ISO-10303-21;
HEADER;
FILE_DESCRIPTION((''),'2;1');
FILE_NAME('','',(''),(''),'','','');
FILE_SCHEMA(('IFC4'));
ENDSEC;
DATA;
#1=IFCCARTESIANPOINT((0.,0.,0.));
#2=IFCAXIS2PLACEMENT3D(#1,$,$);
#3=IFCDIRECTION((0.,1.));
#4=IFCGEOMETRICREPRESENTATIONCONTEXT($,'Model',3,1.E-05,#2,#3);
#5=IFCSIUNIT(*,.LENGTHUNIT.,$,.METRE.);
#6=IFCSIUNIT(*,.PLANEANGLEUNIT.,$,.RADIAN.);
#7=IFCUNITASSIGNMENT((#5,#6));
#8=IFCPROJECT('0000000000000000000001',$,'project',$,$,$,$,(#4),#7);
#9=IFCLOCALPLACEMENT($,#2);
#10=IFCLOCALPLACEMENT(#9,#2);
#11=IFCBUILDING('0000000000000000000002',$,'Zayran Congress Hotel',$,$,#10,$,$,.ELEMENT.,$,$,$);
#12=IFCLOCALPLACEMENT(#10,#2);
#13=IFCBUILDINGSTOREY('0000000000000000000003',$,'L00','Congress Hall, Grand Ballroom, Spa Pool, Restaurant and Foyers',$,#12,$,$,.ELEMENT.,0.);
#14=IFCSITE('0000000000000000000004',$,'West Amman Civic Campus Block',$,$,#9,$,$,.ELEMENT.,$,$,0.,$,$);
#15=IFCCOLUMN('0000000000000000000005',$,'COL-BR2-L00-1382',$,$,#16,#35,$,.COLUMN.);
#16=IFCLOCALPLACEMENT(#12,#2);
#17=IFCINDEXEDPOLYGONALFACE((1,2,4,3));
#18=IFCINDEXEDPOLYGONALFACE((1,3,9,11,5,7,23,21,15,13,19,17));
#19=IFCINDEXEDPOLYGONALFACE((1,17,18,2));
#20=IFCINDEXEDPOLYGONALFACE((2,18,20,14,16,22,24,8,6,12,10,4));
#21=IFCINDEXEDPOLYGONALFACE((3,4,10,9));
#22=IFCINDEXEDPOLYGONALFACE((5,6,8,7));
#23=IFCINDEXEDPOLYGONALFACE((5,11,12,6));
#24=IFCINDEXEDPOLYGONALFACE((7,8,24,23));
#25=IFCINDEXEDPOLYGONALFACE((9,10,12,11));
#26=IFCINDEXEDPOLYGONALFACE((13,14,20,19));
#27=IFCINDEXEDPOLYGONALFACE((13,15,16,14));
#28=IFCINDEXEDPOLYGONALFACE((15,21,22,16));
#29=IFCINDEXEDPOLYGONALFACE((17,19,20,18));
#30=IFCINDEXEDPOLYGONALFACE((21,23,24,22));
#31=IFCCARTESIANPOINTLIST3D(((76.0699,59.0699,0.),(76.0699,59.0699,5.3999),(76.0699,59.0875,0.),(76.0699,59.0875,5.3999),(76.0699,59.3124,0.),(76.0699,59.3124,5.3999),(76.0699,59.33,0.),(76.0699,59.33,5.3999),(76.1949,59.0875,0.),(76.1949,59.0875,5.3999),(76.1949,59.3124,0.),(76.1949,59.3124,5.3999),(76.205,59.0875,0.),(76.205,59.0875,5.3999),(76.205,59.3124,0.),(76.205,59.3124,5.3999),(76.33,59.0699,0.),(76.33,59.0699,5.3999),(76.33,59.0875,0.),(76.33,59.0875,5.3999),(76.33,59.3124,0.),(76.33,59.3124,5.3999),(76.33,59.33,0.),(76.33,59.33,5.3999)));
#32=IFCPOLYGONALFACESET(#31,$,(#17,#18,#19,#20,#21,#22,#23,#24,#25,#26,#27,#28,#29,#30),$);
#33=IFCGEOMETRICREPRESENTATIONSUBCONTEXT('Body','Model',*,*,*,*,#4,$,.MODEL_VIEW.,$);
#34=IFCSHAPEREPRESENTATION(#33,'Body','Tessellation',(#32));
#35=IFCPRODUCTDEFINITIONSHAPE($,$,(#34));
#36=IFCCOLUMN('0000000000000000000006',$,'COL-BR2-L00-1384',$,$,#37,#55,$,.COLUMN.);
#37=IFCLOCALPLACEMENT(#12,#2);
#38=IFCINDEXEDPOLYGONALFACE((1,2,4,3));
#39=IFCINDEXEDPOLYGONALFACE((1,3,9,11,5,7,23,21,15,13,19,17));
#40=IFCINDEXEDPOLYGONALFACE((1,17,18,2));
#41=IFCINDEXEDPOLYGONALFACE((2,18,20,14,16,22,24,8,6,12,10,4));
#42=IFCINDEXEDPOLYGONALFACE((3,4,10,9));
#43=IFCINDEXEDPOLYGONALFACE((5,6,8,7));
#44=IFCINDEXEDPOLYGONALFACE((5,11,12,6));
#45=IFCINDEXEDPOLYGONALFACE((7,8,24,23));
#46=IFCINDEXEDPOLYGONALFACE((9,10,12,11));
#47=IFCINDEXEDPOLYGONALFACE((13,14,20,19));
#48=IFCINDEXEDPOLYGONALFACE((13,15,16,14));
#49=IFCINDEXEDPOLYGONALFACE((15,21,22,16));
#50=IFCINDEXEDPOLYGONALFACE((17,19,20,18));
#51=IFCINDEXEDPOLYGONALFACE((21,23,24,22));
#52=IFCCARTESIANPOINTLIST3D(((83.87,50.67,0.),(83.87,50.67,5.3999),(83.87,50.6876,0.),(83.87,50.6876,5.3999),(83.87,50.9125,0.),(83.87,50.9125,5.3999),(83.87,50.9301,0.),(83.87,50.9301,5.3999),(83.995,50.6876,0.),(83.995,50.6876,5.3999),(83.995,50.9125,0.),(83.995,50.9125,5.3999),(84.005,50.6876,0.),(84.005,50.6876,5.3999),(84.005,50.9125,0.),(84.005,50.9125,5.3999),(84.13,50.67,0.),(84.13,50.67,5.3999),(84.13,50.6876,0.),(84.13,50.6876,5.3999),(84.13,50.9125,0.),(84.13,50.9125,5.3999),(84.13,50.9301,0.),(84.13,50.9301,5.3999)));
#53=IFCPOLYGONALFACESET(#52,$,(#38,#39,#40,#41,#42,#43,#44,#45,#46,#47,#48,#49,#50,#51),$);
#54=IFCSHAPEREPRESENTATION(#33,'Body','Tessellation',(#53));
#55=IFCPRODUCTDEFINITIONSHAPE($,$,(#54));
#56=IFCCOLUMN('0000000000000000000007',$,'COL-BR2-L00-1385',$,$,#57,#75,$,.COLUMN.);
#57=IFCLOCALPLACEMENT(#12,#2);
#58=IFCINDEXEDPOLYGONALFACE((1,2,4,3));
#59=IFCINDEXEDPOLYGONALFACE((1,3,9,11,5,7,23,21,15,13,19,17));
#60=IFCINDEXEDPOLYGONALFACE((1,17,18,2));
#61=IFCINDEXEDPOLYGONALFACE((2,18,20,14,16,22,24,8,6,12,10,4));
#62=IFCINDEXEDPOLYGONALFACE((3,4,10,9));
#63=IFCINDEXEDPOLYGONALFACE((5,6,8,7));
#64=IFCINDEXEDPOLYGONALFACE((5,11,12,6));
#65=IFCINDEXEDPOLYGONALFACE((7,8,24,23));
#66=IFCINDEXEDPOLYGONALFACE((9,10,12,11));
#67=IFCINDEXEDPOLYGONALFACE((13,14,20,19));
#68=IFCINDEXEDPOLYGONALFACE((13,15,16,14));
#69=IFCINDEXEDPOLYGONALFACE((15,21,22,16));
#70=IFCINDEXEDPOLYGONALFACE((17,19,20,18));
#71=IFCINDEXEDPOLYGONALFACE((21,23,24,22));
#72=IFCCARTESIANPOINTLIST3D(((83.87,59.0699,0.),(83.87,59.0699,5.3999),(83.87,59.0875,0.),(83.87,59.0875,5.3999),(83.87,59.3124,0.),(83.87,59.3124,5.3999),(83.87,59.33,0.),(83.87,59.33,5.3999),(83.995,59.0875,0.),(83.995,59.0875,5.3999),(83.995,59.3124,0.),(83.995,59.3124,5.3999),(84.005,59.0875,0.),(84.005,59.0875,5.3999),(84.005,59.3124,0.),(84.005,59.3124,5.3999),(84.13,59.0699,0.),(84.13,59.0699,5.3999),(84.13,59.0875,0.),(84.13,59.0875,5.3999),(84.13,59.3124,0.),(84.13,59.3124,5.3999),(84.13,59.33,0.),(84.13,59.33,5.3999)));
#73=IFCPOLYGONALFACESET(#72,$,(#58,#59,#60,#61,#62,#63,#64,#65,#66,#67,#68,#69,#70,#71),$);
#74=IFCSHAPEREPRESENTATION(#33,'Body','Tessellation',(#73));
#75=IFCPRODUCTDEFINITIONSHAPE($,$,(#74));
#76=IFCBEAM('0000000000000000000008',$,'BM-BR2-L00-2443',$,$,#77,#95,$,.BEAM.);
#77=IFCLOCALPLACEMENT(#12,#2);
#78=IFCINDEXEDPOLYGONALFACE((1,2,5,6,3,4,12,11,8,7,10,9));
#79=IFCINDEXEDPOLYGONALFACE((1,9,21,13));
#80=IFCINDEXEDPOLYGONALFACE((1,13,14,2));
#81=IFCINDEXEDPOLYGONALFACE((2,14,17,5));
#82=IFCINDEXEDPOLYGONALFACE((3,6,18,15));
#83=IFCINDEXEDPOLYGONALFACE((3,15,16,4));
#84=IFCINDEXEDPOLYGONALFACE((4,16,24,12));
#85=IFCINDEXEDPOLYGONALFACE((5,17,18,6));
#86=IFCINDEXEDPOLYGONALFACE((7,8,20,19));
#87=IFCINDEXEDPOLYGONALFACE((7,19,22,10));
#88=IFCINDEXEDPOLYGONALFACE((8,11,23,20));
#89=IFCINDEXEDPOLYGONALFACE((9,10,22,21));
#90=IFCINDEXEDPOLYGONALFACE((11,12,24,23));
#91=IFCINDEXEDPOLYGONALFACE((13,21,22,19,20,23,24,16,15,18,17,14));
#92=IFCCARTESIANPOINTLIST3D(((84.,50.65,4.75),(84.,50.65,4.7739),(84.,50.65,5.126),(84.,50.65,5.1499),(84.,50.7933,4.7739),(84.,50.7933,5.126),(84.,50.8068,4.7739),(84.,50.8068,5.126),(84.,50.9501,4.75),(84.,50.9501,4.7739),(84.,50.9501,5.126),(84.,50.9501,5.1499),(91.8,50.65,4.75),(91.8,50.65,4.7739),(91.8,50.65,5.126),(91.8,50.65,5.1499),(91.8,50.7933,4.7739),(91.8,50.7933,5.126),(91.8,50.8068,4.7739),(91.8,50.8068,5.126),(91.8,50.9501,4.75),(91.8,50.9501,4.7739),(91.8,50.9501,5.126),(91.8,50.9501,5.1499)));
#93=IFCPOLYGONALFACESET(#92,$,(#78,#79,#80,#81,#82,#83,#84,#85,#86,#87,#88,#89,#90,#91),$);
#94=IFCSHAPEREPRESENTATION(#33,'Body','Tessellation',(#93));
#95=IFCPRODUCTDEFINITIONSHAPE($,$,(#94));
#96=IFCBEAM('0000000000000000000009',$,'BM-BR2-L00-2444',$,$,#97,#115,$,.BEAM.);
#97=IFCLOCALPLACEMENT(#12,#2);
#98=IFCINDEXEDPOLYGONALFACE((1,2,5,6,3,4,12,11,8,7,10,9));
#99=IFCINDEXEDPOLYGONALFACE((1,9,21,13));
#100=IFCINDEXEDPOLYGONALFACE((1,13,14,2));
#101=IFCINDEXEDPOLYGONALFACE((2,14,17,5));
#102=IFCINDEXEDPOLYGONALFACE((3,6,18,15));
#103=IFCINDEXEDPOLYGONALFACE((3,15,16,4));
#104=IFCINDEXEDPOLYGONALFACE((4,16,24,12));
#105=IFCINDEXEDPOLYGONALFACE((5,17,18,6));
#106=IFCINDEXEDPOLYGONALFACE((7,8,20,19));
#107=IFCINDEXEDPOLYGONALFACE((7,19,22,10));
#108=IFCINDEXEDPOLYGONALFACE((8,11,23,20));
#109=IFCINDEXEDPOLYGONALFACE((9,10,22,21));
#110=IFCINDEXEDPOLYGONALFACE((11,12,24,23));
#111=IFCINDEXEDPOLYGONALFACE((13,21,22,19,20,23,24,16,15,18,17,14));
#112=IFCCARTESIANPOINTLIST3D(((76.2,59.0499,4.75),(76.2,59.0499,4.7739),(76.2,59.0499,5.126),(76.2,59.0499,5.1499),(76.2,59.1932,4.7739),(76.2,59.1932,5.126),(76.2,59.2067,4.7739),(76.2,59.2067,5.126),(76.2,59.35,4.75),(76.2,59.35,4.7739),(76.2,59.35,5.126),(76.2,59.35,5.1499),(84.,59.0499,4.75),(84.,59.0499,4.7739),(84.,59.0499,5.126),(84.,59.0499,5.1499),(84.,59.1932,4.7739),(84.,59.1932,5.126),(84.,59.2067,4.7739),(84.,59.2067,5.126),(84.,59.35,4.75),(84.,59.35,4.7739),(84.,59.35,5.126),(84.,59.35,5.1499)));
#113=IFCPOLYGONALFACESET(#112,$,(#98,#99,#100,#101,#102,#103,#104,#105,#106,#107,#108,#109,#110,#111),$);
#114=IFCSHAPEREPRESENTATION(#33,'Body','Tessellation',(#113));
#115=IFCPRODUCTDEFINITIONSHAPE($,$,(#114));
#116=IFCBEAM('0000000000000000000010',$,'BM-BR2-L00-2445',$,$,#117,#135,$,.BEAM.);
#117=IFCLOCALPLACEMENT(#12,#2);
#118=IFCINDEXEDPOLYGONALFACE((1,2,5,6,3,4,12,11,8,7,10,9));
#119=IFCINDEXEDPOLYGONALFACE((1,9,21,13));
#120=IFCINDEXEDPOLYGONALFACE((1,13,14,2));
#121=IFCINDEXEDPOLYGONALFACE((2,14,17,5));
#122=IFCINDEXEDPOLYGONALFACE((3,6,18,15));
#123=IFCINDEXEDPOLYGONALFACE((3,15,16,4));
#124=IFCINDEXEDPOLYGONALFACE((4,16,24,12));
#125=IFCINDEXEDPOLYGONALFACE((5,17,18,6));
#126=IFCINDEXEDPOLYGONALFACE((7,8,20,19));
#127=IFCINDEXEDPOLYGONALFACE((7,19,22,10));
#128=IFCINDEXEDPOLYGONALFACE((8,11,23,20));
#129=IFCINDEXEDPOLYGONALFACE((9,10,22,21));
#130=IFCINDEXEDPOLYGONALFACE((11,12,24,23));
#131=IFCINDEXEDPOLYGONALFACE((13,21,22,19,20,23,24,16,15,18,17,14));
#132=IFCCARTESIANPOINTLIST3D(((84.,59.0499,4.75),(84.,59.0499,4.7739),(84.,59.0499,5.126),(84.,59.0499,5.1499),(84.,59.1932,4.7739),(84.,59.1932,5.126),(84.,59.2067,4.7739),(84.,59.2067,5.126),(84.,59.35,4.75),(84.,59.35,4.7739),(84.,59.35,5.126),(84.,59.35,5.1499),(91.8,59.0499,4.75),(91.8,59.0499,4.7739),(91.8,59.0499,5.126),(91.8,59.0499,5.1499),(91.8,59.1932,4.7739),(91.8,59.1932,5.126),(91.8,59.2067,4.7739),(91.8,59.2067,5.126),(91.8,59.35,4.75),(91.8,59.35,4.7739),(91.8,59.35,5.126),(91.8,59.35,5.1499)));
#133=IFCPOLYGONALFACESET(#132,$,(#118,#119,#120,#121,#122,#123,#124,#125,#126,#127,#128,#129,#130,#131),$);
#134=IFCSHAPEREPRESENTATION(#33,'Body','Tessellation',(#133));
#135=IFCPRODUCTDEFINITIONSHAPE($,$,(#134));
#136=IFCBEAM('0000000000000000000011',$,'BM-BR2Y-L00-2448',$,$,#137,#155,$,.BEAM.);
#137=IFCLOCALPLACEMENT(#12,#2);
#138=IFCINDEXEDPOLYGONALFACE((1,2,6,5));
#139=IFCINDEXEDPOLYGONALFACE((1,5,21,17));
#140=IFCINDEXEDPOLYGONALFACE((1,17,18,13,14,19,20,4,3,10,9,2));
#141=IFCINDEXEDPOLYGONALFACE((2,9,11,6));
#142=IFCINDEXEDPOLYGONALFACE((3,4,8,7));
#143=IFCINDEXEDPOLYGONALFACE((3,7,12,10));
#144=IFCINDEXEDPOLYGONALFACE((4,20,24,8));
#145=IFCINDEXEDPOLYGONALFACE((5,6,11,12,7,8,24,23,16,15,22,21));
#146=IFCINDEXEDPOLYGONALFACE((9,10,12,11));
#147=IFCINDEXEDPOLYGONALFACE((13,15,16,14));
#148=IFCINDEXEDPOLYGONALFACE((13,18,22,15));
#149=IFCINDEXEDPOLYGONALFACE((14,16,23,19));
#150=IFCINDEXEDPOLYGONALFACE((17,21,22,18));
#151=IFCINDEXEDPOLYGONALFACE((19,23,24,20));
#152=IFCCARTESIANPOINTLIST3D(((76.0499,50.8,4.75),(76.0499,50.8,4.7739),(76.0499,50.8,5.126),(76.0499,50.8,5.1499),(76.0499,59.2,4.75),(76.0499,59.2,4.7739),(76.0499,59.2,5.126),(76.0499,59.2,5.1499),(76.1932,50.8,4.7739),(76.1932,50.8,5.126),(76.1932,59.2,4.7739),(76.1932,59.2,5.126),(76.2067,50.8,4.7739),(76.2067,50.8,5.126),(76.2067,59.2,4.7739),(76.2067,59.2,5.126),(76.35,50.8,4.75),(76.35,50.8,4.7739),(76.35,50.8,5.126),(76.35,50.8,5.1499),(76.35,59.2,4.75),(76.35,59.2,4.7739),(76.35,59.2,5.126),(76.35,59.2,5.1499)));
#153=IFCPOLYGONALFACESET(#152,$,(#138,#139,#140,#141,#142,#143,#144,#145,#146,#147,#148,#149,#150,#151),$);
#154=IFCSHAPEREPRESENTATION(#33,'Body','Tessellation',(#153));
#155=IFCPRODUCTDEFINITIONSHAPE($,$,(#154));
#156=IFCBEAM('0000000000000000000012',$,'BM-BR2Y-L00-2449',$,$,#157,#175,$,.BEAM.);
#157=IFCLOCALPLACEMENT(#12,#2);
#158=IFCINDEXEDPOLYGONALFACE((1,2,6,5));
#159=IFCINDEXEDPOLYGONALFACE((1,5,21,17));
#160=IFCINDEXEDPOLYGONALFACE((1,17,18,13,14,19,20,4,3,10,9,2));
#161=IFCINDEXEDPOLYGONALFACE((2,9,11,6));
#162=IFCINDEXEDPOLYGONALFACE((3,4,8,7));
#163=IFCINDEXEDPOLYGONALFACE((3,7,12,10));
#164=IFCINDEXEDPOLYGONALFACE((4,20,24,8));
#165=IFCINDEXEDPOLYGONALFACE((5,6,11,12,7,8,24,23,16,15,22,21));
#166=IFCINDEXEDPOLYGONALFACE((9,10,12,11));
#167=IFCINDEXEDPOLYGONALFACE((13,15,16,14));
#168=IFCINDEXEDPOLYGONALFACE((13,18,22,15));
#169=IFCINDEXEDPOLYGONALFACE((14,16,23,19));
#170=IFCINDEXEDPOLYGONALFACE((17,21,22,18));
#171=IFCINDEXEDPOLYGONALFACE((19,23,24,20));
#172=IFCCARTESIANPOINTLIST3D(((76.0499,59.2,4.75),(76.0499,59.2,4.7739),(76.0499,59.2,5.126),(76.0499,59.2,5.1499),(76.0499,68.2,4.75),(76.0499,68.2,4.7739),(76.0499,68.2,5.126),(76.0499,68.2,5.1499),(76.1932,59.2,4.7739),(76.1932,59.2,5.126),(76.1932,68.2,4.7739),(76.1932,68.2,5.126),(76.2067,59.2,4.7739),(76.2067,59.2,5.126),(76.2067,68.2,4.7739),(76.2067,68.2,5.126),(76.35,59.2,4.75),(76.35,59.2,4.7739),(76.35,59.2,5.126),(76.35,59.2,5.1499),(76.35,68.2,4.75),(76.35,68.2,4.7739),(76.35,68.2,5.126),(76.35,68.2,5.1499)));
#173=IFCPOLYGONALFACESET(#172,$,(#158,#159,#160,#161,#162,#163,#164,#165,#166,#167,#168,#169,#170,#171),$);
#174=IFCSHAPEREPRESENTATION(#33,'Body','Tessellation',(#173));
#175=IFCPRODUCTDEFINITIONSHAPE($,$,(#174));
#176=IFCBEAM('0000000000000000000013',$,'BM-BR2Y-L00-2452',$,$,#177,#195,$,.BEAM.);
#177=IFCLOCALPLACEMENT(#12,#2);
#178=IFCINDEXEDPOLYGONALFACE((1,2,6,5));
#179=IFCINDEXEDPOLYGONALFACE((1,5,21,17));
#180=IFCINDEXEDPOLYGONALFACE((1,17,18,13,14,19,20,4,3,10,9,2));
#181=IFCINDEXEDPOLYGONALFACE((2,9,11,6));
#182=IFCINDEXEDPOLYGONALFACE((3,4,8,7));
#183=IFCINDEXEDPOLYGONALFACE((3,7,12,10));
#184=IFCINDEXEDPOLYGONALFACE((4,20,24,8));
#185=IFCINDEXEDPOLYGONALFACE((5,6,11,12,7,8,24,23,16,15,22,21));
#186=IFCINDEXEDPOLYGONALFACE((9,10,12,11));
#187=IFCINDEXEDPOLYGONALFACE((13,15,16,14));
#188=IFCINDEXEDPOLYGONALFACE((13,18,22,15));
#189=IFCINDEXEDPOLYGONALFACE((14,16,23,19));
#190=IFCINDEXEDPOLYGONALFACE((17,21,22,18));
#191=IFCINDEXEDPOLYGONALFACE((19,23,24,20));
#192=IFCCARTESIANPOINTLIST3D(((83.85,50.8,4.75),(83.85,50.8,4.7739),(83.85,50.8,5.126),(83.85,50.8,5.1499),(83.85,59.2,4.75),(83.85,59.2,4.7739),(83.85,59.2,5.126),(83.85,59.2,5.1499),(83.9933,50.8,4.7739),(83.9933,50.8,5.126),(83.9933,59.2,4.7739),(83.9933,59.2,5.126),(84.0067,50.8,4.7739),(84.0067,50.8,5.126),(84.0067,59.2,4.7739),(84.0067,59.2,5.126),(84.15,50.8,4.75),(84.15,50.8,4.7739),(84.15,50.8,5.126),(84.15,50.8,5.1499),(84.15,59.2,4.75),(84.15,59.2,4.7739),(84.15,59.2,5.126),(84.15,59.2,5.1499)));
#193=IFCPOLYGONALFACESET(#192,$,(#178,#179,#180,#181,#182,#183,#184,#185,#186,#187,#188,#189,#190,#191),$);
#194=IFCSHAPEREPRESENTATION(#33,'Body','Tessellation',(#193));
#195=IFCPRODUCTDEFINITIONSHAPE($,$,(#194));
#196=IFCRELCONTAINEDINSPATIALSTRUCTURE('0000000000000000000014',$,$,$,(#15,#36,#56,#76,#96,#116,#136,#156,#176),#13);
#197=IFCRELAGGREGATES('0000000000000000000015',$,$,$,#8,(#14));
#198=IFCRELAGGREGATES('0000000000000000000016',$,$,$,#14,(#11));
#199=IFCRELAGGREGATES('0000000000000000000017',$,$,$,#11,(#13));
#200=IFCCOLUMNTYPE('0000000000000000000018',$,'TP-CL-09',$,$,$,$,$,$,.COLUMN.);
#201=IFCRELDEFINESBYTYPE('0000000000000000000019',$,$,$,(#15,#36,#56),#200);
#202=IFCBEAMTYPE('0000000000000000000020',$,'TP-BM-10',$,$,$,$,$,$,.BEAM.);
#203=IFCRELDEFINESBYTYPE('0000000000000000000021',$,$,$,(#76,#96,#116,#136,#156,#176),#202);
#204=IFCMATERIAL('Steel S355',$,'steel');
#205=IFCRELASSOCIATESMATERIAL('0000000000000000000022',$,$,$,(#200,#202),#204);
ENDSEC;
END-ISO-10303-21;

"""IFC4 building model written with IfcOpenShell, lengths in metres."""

from ifc_helpers import new_model, si_unit, direction, frame, origin, origin_2d, place, context, subcontext, project, spatial, i_section, extrude, material, material_profile, profile_set, type_object, element, save


model = new_model("IFC4")

# Units and contexts
model_context = context("Model", 3, precision=1e-05, world=origin(), true_north=direction((0.0, 1.0)))
body_context = subcontext(model_context, "Body", "Model", "MODEL_VIEW")
ifc_project = project(units=[si_unit("LENGTHUNIT", "METRE"), si_unit("PLANEANGLEUNIT", "RADIAN")], contexts=[model_context])

# Site, building, storey
site_placement = place(None, origin())
site = spatial("IfcSite", under=ifc_project, at=site_placement, Name="West Amman Civic Campus Block", CompositionType="ELEMENT", RefElevation=0.0)
building_placement = place(site_placement, origin())
building = spatial("IfcBuilding", under=site, at=building_placement, Name="Zayran Congress Hotel", CompositionType="ELEMENT")
storey_placement = place(building_placement, origin())
storey = spatial("IfcBuildingStorey", under=building, at=storey_placement, Name="L00", Description="Congress Hall, Grand Ballroom, Spa Pool, Restaurant and Foyers", CompositionType="ELEMENT", Elevation=0.0)

# Columns
ifc_material_1 = material(Name="Steel S355", Category="steel")
ifc_material_profile_1 = material_profile(ifc_material_1, i_section(OverallWidth=0.26, OverallDepth=0.26, WebThickness=0.01, FlangeThickness=0.0176, at=origin_2d()), Name="HEB 260")
ifc_profile_set_1 = profile_set([ifc_material_profile_1], Name="Steel S355")
column_type = type_object("IfcColumnType", Name="TP-CL-09", PredefinedType="COLUMN", material=ifc_profile_set_1)
for number, where, z_axis, x_axis, name in (
    (1, (76.2, 59.2, 0.0), (0.0, 0.0, 1.0), (1.0, 0.0, 0.0), "COL-BR2-L00-1382"),
    (2, (84.0, 50.8, 0.0), (0.0, 0.0, 1.0), (1.0, 0.0, 0.0), "COL-BR2-L00-1384"),
    (3, (84.0, 59.2, 0.0), (0.0, 0.0, 1.0), (1.0, 0.0, 0.0), "COL-BR2-L00-1385"),
):
    element("IfcColumn", number, at=place(storey_placement, frame(where, z_axis=z_axis, x_axis=x_axis)), inside=storey, type_object=column_type, Name=name, PredefinedType="COLUMN", context=body_context, shape_type="SweptSolid", body=[
        extrude(i_section(OverallWidth=0.26, OverallDepth=0.26, WebThickness=0.01, FlangeThickness=0.0176, at=origin_2d()), origin(), (0.0, 0.0, 1.0), 5.3999),
    ])

# Beams
ifc_material_profile_2 = material_profile(ifc_material_1, i_section(OverallWidth=0.3, OverallDepth=0.3999, WebThickness=0.0134, FlangeThickness=0.0239, at=origin_2d()), Name="HEB 400")
ifc_profile_set_2 = profile_set([ifc_material_profile_2], Name="Steel S355")
beam_type = type_object("IfcBeamType", Name="TP-BM-10", PredefinedType="BEAM", material=ifc_profile_set_2)
for number, where, z_axis, x_axis, name in (
    (4, (84.0, 50.8, 4.95), (1.0, 0.0, 0.0), (0.0, 1.0, 0.0), "BM-BR2-L00-2443"),
    (5, (76.2, 59.2, 4.95), (1.0, 0.0, 0.0), (0.0, 1.0, 0.0), "BM-BR2-L00-2444"),
    (6, (84.0, 59.2, 4.95), (1.0, 0.0, 0.0), (0.0, 1.0, 0.0), "BM-BR2-L00-2445"),
):
    element("IfcBeam", number, at=place(storey_placement, frame(where, z_axis=z_axis, x_axis=x_axis)), inside=storey, type_object=beam_type, Name=name, PredefinedType="BEAM", context=body_context, shape_type="SweptSolid", body=[
        extrude(i_section(OverallWidth=0.3, OverallDepth=0.3999, WebThickness=0.0134, FlangeThickness=0.0239, at=origin_2d()), origin(), (0.0, 0.0, 1.0), 7.8),
    ])
beam_1_placement = place(storey_placement, frame((76.2, 50.8, 4.95), z_axis=(0.0, 1.0, 0.0), x_axis=(-1.0, 0.0, 0.0)))
element("IfcBeam", 7, at=beam_1_placement, inside=storey, type_object=beam_type, Name="BM-BR2Y-L00-2448", PredefinedType="BEAM", context=body_context, shape_type="SweptSolid", body=[
    extrude(i_section(OverallWidth=0.3, OverallDepth=0.3999, WebThickness=0.0134, FlangeThickness=0.0239, at=origin_2d()), origin(), (0.0, 0.0, 1.0), 8.3999),
])
beam_2_placement = place(storey_placement, frame((76.2, 59.2, 4.95), z_axis=(0.0, 1.0, 0.0), x_axis=(-1.0, 0.0, 0.0)))
element("IfcBeam", 8, at=beam_2_placement, inside=storey, type_object=beam_type, Name="BM-BR2Y-L00-2449", PredefinedType="BEAM", context=body_context, shape_type="SweptSolid", body=[
    extrude(i_section(OverallWidth=0.3, OverallDepth=0.3999, WebThickness=0.0134, FlangeThickness=0.0239, at=origin_2d()), origin(), (0.0, 0.0, 1.0), 9.0),
])
beam_3_placement = place(storey_placement, frame((84.0, 50.8, 4.95), z_axis=(0.0, 1.0, 0.0), x_axis=(-1.0, 0.0, 0.0)))
element("IfcBeam", 9, at=beam_3_placement, inside=storey, type_object=beam_type, Name="BM-BR2Y-L00-2452", PredefinedType="BEAM", context=body_context, shape_type="SweptSolid", body=[
    extrude(i_section(OverallWidth=0.3, OverallDepth=0.3999, WebThickness=0.0134, FlangeThickness=0.0239, at=origin_2d()), origin(), (0.0, 0.0, 1.0), 8.3999),
])

save(model, "model.ifc")
